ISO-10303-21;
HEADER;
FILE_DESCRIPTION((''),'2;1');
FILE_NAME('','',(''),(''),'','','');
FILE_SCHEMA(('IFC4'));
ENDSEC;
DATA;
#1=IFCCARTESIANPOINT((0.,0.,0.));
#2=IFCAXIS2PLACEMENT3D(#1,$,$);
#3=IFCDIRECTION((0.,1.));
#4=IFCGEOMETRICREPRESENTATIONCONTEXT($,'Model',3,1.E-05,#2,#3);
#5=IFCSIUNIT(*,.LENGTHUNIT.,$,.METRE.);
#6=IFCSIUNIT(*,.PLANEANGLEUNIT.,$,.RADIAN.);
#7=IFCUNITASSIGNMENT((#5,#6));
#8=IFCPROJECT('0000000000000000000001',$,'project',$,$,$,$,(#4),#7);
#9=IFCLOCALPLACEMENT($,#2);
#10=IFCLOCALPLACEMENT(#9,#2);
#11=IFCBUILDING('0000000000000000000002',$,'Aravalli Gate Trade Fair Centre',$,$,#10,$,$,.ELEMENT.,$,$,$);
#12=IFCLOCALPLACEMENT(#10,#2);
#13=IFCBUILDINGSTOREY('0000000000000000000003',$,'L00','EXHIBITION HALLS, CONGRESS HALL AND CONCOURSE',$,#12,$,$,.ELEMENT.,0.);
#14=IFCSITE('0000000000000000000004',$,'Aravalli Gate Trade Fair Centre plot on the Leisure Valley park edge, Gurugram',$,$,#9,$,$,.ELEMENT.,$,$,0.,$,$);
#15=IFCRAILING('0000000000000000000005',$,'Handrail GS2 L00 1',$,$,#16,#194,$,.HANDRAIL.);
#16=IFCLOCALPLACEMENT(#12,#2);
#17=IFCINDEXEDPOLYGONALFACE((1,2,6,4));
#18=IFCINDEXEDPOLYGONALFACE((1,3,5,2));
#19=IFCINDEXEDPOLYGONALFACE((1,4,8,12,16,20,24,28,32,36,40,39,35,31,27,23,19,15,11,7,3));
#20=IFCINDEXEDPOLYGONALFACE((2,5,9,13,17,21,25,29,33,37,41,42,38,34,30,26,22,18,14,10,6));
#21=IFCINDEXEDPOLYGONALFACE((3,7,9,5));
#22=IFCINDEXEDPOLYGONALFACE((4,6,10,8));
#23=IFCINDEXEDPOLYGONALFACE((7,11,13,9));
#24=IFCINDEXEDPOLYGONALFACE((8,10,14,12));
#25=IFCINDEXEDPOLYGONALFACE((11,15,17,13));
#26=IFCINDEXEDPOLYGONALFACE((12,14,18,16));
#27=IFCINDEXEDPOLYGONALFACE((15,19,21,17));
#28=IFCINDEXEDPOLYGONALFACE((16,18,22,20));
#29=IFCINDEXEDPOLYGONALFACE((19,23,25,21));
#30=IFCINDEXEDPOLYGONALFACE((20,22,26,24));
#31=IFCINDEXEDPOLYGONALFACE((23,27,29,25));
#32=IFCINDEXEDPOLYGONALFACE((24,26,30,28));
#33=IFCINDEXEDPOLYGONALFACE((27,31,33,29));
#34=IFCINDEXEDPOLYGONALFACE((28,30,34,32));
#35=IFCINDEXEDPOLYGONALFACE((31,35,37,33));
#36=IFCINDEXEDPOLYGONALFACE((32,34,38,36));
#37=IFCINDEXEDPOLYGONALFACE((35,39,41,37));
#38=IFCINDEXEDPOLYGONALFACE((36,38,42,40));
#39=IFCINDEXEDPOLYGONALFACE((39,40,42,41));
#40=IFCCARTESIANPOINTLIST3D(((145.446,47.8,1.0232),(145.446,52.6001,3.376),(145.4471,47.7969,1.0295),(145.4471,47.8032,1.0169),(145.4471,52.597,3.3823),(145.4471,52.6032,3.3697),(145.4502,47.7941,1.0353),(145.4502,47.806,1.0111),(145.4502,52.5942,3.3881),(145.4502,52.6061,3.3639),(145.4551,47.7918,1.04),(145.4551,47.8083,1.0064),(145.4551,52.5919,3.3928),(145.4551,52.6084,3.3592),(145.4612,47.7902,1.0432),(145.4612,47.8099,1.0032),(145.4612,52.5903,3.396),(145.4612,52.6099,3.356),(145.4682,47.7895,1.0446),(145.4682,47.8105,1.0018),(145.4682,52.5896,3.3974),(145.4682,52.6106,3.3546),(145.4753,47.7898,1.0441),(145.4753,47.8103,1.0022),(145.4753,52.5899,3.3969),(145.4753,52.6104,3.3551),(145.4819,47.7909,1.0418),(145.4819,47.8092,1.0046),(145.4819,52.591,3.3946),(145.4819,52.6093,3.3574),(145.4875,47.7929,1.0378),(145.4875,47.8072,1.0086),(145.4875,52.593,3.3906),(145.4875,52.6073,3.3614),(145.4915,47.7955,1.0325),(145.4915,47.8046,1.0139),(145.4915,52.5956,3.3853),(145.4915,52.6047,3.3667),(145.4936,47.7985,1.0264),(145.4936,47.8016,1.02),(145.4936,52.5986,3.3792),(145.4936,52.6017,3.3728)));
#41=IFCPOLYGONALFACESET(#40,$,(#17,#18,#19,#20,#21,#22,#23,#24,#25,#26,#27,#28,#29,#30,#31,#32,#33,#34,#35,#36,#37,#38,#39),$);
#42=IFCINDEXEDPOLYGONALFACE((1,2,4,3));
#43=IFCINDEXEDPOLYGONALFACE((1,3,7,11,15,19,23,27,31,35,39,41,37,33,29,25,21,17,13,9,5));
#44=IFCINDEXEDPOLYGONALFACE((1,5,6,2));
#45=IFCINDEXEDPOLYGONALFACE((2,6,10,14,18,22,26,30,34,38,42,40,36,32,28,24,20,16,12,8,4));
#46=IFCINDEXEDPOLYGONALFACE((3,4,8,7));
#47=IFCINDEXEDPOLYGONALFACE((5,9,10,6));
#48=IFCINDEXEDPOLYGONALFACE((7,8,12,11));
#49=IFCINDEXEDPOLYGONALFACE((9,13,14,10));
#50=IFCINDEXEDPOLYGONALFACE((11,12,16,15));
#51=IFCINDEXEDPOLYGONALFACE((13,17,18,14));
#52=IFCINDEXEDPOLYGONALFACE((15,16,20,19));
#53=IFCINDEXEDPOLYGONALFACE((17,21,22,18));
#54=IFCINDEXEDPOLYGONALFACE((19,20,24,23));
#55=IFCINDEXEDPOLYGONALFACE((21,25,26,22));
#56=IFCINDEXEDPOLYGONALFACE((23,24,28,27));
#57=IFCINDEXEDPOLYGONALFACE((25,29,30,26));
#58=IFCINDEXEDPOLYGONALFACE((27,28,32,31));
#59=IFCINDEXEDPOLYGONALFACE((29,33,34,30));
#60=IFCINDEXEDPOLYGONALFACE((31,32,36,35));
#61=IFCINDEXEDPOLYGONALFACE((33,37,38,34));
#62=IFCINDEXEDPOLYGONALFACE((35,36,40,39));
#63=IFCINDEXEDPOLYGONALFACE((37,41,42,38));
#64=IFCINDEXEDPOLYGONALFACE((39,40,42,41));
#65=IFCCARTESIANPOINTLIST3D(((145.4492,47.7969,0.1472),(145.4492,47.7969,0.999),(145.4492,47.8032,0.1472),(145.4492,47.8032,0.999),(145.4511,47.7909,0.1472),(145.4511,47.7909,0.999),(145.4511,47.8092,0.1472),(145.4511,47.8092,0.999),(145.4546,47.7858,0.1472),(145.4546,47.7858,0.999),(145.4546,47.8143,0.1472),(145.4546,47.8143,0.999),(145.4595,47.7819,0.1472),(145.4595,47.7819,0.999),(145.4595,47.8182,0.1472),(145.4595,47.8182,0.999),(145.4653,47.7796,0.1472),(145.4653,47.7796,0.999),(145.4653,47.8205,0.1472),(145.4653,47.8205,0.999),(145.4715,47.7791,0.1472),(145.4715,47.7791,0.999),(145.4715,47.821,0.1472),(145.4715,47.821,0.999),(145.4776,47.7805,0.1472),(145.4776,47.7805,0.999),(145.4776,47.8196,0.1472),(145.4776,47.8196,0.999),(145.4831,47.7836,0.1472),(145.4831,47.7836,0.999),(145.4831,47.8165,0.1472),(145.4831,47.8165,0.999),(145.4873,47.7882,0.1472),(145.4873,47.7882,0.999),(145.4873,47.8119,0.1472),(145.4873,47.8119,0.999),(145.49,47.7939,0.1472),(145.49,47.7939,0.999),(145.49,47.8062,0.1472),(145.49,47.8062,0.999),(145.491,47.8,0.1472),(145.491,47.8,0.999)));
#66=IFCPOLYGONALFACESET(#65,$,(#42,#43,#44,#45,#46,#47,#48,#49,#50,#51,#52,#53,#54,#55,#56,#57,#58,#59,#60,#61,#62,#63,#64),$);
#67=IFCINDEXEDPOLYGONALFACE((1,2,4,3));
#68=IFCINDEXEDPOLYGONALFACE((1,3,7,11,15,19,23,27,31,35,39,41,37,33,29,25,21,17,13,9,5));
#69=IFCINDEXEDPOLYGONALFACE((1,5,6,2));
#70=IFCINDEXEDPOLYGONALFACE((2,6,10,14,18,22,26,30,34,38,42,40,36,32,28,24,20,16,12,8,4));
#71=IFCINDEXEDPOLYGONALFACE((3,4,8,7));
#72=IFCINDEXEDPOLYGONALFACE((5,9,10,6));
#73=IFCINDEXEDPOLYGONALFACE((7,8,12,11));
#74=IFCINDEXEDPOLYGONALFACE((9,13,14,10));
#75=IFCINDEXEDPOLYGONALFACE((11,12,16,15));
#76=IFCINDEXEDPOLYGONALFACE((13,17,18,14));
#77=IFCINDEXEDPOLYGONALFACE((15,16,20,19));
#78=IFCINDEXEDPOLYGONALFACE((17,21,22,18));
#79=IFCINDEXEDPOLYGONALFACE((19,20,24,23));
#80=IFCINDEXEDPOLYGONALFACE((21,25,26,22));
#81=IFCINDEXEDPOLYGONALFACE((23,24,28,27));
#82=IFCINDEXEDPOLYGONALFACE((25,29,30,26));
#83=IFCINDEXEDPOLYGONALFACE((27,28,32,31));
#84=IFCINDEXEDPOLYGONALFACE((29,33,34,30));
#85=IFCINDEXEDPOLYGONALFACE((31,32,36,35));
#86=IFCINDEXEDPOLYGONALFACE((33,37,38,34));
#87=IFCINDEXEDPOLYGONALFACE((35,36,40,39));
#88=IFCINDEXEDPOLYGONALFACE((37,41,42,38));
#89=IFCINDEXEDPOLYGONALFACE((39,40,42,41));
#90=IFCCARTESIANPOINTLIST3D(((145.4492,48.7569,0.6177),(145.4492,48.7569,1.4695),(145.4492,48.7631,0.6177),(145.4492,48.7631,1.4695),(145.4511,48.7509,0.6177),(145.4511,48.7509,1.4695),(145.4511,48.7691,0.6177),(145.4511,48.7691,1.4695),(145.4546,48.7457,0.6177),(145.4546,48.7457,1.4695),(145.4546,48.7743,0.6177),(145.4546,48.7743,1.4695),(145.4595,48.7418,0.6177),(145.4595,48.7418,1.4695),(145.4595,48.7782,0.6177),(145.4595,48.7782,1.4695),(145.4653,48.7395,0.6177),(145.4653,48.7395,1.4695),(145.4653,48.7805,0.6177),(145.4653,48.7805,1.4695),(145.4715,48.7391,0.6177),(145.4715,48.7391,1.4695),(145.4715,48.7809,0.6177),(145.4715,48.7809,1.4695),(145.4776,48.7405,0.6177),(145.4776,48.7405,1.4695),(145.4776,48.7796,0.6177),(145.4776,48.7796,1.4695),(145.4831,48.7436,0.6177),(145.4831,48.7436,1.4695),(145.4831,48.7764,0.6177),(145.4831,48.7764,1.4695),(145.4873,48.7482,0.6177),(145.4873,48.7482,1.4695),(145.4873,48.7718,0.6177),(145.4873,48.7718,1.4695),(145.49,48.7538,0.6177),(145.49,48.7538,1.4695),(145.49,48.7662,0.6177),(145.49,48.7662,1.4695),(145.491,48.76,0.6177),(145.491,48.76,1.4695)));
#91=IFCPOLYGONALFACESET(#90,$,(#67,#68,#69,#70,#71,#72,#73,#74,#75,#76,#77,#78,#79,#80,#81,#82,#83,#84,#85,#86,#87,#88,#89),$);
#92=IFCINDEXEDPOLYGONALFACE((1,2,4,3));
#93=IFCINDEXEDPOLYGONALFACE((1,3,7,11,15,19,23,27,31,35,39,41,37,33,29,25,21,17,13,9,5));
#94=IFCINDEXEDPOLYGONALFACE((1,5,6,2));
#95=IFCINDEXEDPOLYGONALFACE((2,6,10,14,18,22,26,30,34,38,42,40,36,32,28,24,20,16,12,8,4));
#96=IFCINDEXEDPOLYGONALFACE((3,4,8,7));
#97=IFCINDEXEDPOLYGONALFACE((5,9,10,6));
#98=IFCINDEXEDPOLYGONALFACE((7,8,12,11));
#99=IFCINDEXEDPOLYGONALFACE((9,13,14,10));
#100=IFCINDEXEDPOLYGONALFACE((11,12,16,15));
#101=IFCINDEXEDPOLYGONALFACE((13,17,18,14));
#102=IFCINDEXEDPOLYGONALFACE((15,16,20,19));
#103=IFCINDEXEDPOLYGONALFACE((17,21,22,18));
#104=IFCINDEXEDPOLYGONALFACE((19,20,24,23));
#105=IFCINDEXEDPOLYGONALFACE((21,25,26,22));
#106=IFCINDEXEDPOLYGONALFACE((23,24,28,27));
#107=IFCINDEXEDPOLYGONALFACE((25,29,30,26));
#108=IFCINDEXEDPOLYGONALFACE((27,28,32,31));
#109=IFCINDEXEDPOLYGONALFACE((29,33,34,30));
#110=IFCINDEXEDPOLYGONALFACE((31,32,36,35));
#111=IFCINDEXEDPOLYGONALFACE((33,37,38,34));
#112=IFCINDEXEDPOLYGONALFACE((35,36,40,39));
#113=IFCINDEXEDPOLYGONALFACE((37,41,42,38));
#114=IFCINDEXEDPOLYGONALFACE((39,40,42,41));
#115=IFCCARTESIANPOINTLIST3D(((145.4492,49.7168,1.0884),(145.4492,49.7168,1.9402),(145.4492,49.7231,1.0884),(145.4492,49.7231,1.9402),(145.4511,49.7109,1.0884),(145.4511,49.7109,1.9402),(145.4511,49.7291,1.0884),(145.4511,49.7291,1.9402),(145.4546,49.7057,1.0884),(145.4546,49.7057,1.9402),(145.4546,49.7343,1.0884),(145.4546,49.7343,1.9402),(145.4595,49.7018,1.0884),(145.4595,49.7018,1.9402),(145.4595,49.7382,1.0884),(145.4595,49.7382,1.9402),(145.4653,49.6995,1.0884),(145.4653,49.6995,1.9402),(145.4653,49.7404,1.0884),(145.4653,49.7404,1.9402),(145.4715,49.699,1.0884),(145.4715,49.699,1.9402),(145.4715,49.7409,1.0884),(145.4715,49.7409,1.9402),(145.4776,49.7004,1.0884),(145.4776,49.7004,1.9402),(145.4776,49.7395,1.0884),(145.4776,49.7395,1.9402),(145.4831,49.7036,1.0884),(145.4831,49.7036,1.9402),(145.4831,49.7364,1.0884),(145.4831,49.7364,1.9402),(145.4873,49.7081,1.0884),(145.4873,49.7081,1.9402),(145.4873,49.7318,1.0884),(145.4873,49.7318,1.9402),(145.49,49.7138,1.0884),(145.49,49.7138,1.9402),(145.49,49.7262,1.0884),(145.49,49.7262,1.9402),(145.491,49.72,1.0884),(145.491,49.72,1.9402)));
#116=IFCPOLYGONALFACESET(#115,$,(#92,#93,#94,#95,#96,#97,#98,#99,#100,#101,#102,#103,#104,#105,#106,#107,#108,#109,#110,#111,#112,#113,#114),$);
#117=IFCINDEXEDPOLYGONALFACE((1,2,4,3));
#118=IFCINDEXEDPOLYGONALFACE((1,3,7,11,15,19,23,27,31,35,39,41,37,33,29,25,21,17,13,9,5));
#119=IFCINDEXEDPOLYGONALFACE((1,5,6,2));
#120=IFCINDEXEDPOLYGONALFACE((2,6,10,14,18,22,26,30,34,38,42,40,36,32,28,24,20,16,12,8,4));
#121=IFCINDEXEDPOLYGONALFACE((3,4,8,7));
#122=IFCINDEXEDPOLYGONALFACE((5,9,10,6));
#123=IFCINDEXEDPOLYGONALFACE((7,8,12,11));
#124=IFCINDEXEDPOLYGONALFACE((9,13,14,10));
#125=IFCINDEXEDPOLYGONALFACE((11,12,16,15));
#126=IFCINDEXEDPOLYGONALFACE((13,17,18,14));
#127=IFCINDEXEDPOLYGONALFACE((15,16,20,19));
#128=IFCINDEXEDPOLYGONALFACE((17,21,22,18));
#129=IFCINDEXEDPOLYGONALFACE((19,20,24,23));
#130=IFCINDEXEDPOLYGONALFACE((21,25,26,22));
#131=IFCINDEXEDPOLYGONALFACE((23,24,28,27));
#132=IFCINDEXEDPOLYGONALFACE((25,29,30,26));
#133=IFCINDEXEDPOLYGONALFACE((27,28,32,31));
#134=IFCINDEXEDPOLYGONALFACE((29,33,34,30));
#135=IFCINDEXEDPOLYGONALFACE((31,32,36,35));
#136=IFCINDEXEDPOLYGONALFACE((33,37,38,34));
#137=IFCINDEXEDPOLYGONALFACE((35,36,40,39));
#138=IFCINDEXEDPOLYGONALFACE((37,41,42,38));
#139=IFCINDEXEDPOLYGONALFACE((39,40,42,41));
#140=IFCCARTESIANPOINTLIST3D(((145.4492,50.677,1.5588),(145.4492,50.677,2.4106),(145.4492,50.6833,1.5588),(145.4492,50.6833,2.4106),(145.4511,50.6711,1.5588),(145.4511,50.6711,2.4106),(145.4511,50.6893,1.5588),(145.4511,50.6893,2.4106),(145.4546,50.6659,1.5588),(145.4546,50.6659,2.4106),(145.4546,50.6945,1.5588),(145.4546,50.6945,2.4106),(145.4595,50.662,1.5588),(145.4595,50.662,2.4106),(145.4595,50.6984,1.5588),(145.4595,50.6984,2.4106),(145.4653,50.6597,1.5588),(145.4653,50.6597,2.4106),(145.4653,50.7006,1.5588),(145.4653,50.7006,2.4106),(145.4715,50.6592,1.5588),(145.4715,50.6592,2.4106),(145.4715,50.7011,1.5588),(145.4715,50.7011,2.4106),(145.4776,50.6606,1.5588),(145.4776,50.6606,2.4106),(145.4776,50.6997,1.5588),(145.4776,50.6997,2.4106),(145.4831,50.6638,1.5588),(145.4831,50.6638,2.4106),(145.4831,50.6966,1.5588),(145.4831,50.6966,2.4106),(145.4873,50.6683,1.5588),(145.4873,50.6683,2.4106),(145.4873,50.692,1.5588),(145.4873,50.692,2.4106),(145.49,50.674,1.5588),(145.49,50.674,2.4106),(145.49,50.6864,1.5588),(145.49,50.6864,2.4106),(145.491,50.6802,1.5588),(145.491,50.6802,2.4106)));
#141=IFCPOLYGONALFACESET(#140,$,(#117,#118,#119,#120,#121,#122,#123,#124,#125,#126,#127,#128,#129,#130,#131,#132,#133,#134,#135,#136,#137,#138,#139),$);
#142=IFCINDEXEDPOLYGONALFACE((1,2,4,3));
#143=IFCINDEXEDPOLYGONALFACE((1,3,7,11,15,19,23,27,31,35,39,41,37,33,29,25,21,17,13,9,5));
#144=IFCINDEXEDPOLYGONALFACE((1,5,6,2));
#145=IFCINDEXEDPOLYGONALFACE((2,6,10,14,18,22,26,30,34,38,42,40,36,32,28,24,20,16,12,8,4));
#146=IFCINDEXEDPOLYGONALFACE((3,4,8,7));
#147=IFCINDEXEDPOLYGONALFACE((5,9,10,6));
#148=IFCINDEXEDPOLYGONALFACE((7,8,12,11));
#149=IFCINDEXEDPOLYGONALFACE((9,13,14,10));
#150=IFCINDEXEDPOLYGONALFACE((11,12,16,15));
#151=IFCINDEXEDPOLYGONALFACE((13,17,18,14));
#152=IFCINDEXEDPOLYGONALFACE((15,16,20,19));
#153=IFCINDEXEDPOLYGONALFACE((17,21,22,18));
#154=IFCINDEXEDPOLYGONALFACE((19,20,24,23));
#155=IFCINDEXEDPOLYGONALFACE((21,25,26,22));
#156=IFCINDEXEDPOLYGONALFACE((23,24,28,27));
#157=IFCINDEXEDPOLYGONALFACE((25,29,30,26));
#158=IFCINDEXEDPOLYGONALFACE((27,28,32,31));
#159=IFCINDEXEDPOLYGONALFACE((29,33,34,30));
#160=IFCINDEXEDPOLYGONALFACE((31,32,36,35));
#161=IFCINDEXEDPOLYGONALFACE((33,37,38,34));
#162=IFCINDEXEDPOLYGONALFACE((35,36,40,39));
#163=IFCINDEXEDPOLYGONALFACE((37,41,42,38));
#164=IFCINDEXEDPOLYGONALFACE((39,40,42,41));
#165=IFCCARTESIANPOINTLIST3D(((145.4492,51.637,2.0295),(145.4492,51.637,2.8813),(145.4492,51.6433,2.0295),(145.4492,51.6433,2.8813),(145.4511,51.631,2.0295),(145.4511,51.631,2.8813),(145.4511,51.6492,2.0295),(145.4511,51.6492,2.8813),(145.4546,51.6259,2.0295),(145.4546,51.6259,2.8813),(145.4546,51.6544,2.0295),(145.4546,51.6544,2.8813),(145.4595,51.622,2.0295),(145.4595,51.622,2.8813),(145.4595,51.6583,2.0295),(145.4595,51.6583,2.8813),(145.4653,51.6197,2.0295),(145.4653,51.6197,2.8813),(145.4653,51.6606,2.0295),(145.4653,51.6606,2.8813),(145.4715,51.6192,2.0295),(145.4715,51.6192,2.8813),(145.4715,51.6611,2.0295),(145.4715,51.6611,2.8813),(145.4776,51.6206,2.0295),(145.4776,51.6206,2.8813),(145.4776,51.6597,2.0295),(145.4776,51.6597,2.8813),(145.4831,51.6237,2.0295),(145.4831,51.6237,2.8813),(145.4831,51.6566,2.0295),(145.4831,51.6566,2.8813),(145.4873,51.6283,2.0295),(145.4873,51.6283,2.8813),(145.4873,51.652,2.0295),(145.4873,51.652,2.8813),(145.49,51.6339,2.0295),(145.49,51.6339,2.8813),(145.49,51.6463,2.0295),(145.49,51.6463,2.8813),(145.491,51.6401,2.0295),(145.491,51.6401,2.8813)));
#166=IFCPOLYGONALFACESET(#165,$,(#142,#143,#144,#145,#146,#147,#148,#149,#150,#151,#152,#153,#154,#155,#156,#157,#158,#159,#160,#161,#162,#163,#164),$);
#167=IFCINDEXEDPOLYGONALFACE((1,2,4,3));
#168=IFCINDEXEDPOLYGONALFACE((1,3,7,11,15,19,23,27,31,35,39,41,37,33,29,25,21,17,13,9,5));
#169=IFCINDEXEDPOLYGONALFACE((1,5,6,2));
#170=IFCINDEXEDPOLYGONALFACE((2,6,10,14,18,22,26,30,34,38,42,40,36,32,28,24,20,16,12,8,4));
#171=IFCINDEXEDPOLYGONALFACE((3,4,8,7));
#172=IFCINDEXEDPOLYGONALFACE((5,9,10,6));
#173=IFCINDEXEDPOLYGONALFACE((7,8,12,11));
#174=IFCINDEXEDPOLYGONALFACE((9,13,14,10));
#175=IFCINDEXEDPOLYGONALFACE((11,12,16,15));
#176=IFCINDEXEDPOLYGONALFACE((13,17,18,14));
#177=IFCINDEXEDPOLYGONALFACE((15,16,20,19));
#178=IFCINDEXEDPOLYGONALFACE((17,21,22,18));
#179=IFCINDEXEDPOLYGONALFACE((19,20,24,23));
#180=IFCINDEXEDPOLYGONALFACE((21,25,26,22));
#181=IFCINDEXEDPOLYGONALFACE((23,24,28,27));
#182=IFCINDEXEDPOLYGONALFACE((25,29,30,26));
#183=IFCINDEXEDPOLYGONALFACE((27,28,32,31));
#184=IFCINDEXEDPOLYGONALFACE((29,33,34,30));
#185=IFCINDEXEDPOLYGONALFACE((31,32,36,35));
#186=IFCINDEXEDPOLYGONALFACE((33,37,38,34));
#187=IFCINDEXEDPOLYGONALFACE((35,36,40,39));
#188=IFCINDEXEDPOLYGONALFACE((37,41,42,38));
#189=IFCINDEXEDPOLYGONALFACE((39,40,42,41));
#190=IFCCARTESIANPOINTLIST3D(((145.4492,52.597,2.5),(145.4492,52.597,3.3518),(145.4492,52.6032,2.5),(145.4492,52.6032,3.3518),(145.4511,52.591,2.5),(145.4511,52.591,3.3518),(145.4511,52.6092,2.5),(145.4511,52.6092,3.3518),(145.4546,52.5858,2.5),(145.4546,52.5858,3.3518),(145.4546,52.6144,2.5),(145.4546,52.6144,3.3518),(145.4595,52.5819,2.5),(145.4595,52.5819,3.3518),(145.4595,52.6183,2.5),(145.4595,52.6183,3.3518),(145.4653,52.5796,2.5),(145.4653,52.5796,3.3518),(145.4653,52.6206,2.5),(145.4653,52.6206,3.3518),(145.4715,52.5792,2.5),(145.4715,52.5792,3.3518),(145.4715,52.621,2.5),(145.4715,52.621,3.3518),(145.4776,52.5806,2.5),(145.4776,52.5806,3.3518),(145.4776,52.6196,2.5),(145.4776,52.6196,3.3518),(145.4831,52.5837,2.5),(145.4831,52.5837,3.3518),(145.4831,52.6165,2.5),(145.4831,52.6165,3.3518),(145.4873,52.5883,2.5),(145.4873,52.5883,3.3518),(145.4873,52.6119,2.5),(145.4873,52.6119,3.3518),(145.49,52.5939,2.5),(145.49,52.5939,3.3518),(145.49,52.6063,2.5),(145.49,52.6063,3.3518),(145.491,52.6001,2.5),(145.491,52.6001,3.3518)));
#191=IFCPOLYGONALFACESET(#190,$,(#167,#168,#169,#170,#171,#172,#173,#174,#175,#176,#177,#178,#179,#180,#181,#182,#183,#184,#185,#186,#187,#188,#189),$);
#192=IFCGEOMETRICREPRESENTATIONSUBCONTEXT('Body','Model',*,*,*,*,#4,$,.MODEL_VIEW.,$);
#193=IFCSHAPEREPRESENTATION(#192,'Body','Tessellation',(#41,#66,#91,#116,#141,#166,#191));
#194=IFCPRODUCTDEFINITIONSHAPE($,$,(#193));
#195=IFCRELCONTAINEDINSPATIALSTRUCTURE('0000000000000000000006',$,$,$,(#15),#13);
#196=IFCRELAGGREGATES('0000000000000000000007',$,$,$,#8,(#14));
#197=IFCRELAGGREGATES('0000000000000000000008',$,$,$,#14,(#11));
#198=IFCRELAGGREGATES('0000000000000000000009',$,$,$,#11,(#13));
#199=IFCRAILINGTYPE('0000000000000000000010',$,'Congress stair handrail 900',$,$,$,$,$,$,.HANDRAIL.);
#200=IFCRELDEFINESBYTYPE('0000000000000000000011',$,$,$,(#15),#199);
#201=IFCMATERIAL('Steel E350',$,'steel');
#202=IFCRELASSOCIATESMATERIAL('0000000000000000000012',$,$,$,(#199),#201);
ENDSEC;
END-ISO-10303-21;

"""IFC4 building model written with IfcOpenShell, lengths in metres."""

from ifc_helpers import new_model, si_unit, direction, frame, origin, origin_2d, place, context, subcontext, project, spatial, circle, extrude, material, type_object, element, save


model = new_model("IFC4")

# Units and contexts
model_context = context("Model", 3, precision=1e-05, world=origin(), true_north=direction((0.0, 1.0)))
body_context = subcontext(model_context, "Body", "Model", "MODEL_VIEW")
ifc_project = project(units=[si_unit("LENGTHUNIT", "METRE"), si_unit("PLANEANGLEUNIT", "RADIAN")], contexts=[model_context])

# Site, building, storey
site_placement = place(None, origin())
site = spatial("IfcSite", under=ifc_project, at=site_placement, Name="Aravalli Gate Trade Fair Centre plot on the Leisure Valley park edge, Gurugram", CompositionType="ELEMENT", RefElevation=0.0)
building_placement = place(site_placement, origin())
building = spatial("IfcBuilding", under=site, at=building_placement, Name="Aravalli Gate Trade Fair Centre", CompositionType="ELEMENT")
storey_placement = place(building_placement, origin())
storey = spatial("IfcBuildingStorey", under=building, at=storey_placement, Name="L00", Description="EXHIBITION HALLS, CONGRESS HALL AND CONCOURSE", CompositionType="ELEMENT", Elevation=0.0)

# Railing
ifc_material_1 = material(Name="Steel E350", Category="steel")
railing_type = type_object("IfcRailingType", Name="Congress stair handrail 900", PredefinedType="HANDRAIL", material=ifc_material_1)
for number, where, name in (
    (1, (145.47, 47.8, 0.1472), "Handrail GS2 L00 1"),
):
    element("IfcRailing", number, at=place(storey_placement, frame(where)), inside=storey, type_object=railing_type, Name=name, PredefinedType="HANDRAIL", context=body_context, shape_type="SweptSolid", body=[
        extrude(circle(Radius=0.0239, at=origin_2d()), frame((0.0, 0.0, 0.876), z_axis=(0.0, 0.897934, 0.44013), x_axis=(-1.0, 0.0, 0.0)), (0.0, 0.0, 1.0), 5.3457),
        extrude(circle(Radius=0.021, at=origin_2d()), origin(), (0.0, 0.0, 1.0), 0.8518),
        extrude(circle(Radius=0.021, at=origin_2d()), frame((0.0, 0.96, 0.4705)), (0.0, 0.0, 1.0), 0.8518),
        extrude(circle(Radius=0.021, at=origin_2d()), frame((0.0, 1.9199, 0.9412)), (0.0, 0.0, 1.0), 0.8518),
        extrude(circle(Radius=0.021, at=origin_2d()), frame((0.0, 2.8801, 1.4116)), (0.0, 0.0, 1.0), 0.8518),
        extrude(circle(Radius=0.021, at=origin_2d()), frame((0.0, 3.8401, 1.8823)), (0.0, 0.0, 1.0), 0.8518),
        extrude(circle(Radius=0.021, at=origin_2d()), frame((0.0, 4.8, 2.3528)), (0.0, 0.0, 1.0), 0.8518),
    ])

save(model, "model.ifc")
